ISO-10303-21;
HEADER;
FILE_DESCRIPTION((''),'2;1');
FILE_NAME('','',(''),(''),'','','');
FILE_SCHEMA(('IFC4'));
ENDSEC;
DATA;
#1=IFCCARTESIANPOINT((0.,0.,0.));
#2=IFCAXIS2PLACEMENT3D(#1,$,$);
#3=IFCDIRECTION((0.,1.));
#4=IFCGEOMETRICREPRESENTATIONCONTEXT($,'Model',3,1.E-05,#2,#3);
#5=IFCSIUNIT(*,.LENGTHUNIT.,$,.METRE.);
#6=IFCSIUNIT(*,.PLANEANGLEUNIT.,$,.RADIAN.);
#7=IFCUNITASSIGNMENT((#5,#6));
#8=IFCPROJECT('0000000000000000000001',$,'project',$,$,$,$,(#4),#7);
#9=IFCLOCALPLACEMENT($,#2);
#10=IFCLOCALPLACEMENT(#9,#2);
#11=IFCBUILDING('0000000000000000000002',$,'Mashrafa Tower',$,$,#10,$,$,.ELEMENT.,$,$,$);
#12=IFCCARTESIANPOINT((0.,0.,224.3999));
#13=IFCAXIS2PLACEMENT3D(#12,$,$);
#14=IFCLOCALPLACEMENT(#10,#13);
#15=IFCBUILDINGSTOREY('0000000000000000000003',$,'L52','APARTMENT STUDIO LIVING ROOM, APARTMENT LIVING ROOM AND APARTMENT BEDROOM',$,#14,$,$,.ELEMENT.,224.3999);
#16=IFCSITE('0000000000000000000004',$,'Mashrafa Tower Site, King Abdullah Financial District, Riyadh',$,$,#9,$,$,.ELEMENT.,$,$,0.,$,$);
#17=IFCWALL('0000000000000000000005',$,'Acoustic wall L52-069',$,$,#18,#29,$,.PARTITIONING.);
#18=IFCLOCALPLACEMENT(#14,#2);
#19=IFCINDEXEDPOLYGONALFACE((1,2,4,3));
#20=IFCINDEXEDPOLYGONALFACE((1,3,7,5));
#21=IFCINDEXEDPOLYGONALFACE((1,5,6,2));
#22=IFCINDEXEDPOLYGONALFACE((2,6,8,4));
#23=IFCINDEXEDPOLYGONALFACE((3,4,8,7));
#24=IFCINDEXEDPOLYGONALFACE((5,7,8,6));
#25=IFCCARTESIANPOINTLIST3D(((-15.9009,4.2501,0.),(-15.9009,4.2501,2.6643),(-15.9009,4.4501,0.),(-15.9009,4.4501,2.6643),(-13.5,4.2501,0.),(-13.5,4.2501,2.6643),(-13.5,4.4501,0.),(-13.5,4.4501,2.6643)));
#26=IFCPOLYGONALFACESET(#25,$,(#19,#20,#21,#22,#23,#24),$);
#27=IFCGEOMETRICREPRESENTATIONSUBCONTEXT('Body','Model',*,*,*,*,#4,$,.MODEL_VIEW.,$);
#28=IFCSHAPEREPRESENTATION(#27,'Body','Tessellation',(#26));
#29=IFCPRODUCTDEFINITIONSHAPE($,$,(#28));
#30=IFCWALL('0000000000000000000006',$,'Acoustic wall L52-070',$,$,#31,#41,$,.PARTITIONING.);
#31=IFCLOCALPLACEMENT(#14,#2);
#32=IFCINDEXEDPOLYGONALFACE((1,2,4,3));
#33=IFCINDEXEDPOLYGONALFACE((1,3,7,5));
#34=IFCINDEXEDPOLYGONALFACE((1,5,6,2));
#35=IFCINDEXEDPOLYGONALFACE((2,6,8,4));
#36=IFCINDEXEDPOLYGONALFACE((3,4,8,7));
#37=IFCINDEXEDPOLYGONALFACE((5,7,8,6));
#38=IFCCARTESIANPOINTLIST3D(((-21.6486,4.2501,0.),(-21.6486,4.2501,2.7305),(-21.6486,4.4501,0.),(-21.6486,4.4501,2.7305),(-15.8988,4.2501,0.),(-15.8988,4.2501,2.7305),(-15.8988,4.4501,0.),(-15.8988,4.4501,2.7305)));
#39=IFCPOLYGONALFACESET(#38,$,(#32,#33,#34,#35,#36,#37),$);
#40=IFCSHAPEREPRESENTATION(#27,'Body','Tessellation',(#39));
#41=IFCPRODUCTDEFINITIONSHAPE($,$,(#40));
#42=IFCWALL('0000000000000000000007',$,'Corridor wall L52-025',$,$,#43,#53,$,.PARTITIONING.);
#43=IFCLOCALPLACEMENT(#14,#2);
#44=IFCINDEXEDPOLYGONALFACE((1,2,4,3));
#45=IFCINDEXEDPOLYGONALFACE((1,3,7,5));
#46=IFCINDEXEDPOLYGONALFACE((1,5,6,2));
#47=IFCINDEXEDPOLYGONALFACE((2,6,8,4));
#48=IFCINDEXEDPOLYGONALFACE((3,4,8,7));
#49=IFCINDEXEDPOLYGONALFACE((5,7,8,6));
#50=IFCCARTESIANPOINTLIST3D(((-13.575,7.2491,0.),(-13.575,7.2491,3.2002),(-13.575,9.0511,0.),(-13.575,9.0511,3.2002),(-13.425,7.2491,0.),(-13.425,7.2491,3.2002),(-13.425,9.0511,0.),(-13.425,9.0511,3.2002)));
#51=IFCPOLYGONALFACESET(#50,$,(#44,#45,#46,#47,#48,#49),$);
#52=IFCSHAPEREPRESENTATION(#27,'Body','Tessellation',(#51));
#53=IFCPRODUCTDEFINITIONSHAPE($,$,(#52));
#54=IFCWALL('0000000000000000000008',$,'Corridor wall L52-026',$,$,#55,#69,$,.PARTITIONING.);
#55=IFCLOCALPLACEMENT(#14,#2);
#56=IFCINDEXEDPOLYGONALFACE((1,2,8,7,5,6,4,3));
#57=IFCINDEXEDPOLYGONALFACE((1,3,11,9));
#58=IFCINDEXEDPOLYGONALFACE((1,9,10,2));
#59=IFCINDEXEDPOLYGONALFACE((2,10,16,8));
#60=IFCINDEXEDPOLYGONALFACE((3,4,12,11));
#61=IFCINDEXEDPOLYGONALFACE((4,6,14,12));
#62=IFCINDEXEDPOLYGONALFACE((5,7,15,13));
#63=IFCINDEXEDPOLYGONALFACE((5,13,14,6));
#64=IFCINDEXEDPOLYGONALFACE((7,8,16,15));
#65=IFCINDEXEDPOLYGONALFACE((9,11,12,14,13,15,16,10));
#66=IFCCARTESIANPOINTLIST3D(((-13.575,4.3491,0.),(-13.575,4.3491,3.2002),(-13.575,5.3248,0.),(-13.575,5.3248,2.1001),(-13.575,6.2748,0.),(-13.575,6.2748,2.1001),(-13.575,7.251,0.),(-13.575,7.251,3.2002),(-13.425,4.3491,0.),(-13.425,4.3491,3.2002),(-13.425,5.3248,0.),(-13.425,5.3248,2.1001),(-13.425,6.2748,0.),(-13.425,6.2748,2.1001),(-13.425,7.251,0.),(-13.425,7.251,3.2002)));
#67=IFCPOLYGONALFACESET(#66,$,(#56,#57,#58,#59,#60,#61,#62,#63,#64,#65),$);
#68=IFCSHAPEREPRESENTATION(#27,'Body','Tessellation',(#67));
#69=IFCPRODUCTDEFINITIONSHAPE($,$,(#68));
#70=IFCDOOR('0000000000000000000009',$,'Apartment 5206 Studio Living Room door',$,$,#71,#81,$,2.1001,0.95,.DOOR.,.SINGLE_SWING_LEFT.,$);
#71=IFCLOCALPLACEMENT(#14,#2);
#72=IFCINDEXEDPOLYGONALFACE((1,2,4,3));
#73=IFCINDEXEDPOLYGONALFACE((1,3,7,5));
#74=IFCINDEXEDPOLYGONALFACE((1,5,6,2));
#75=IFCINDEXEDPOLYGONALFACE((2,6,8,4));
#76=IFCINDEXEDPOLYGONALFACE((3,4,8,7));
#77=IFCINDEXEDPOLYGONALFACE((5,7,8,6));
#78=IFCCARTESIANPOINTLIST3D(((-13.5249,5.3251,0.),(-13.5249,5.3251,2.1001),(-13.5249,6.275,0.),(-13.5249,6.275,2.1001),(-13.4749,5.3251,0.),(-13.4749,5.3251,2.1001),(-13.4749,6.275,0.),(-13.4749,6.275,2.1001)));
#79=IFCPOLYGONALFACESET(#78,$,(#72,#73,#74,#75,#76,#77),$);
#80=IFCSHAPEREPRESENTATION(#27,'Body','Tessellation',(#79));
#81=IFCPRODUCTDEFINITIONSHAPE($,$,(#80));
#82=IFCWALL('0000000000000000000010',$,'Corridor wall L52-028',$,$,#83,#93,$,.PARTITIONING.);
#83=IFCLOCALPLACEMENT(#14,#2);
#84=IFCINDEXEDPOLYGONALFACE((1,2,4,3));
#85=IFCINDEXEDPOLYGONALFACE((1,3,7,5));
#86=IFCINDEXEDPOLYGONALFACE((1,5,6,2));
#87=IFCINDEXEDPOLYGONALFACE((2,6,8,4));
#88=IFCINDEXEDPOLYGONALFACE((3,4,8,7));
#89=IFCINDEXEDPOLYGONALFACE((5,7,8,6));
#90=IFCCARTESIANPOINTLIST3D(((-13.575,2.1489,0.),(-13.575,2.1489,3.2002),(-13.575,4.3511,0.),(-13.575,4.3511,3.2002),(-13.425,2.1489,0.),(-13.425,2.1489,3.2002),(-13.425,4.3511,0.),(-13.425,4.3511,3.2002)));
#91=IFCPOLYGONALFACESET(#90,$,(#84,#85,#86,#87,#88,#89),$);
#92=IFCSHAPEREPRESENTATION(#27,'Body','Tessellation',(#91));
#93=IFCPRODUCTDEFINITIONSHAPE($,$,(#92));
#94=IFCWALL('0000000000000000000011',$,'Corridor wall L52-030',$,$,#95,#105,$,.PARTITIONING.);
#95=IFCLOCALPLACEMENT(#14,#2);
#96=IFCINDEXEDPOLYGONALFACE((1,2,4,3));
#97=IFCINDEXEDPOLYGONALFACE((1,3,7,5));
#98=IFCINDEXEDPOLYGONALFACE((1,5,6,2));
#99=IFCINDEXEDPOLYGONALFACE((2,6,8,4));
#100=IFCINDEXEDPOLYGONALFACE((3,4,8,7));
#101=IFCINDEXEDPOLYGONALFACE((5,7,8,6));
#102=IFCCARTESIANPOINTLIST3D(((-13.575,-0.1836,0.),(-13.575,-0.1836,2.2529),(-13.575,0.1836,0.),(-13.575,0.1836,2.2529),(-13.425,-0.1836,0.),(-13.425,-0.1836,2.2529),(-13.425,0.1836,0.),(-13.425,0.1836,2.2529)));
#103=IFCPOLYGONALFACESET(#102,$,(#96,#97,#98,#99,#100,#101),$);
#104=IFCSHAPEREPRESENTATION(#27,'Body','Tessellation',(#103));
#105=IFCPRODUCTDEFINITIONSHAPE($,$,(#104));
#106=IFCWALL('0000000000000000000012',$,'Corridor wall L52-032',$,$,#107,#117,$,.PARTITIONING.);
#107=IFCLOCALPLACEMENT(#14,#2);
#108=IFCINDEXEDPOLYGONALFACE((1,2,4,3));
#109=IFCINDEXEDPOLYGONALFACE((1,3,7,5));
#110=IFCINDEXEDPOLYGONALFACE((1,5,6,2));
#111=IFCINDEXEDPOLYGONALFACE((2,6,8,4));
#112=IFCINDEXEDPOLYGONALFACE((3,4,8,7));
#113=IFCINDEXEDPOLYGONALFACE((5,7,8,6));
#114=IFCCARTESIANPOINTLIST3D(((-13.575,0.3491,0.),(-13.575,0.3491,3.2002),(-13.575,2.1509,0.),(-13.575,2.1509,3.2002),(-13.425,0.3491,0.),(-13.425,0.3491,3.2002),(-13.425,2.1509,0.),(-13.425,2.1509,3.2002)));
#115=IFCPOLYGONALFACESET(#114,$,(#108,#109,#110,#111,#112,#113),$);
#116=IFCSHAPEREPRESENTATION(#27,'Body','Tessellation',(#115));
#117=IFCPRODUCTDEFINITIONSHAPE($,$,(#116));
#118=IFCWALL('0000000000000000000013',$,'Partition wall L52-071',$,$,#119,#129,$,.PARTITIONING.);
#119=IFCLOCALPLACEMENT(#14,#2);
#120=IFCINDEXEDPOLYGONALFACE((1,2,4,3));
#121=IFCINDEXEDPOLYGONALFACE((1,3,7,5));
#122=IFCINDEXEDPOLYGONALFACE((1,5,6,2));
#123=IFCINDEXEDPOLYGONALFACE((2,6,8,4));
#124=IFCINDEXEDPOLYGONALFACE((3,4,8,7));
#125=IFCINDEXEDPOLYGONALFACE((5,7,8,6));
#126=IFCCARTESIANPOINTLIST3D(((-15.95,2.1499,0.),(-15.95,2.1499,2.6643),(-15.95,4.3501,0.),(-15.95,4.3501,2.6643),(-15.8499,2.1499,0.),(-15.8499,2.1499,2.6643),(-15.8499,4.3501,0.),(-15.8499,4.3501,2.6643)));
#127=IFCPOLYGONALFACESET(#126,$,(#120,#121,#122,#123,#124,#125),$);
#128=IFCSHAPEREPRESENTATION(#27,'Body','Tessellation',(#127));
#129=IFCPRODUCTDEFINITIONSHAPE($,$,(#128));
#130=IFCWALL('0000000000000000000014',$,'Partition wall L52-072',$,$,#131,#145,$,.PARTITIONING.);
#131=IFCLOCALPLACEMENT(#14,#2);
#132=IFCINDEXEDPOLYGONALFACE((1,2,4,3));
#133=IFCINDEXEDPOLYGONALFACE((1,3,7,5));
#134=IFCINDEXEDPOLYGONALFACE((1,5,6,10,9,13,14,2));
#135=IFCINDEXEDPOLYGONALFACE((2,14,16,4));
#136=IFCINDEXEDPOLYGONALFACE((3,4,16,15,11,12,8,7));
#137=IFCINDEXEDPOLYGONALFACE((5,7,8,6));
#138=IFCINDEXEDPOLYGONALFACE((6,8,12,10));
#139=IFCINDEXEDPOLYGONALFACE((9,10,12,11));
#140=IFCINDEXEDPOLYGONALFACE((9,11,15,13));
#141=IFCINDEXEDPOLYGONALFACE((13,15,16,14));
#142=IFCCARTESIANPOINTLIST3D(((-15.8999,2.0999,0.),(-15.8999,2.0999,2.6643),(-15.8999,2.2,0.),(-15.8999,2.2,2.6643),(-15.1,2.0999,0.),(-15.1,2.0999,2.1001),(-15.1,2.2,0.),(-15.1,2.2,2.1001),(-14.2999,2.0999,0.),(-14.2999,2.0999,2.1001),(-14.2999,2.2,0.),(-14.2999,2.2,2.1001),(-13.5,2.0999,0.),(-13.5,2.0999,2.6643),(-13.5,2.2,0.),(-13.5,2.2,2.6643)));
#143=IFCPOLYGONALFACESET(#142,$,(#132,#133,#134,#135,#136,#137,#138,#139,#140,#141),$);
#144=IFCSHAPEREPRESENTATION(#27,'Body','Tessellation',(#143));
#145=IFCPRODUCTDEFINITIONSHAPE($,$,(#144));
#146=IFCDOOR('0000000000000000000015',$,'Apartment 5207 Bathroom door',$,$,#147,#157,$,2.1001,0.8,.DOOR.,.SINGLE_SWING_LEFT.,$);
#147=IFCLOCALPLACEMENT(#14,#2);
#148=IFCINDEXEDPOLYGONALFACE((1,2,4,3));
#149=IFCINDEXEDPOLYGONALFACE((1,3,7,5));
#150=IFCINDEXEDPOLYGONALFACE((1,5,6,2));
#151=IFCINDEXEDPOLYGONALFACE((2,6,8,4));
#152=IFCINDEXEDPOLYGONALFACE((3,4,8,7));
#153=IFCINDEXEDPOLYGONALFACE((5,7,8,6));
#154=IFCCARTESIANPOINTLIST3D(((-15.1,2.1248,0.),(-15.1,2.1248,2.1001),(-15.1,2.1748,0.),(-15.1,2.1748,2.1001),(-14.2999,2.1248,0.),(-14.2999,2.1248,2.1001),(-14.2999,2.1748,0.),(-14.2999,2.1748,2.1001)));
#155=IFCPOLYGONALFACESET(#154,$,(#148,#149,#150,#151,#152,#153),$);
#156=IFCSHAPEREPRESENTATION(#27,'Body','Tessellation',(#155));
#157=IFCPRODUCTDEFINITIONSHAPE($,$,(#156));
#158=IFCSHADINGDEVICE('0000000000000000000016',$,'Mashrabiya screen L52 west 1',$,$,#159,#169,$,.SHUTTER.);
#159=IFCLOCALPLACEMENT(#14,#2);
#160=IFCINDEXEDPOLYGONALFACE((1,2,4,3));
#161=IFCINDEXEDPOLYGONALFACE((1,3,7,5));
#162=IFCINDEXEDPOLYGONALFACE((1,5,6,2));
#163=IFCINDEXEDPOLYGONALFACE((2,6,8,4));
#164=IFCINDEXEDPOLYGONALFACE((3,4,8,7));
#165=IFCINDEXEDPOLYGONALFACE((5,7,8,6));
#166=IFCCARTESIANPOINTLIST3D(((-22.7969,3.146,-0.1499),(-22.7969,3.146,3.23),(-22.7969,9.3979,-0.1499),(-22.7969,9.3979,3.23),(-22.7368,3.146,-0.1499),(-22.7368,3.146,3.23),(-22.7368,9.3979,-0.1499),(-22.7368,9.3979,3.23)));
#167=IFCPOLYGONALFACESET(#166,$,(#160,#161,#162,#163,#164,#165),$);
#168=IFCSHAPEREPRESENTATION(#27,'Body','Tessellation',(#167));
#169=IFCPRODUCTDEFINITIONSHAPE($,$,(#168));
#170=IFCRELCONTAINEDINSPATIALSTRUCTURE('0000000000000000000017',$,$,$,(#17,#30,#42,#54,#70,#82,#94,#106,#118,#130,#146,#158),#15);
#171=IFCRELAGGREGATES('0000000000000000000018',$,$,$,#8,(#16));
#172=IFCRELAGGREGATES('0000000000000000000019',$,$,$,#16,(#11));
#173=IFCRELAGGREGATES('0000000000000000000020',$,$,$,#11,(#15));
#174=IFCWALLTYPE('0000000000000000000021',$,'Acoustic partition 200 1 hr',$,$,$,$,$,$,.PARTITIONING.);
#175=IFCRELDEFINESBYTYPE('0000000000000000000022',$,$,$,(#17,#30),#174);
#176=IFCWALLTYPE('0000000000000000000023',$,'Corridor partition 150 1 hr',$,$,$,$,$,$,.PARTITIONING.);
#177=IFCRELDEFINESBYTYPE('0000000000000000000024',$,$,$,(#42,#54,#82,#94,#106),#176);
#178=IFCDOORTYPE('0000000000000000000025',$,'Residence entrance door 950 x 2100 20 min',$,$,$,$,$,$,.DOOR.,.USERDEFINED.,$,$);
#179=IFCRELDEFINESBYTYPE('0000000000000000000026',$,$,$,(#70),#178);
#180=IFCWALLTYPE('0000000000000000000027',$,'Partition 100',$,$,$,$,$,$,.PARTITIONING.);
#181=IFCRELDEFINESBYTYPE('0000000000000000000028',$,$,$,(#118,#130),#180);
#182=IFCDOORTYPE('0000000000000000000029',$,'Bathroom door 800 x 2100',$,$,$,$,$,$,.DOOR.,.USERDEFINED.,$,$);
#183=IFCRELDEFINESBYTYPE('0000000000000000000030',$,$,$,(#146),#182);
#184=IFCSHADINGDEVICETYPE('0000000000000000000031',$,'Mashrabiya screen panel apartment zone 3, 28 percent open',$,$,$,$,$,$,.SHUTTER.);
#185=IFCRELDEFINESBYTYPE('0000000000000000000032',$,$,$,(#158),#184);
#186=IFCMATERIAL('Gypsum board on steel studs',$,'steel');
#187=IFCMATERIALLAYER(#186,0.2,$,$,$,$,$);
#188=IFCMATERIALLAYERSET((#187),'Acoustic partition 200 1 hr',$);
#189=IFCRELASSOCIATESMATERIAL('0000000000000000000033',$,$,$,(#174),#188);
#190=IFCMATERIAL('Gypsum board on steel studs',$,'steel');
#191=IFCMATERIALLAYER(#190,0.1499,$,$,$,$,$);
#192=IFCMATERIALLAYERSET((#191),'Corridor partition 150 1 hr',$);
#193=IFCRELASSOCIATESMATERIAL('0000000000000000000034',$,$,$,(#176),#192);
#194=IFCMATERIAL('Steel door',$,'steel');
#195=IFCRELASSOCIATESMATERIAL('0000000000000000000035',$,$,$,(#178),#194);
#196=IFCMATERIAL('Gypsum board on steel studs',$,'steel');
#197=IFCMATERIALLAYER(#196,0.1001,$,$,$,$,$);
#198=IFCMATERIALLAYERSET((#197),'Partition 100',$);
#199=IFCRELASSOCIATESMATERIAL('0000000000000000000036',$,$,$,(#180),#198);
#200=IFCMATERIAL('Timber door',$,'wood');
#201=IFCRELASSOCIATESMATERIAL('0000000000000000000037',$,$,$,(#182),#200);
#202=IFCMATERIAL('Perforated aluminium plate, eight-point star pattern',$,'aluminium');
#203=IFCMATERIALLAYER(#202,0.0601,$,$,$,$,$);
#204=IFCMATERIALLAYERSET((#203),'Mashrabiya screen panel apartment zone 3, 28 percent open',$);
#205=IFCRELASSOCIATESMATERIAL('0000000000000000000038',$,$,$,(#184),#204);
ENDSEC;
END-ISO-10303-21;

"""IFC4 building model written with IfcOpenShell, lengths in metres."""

from ifc_helpers import new_model, si_unit, direction, frame, frame_2d, origin, origin_2d, place, context, subcontext, project, spatial, rectangle, extrude, source, transform, mapped, material, layer, layer_set, type_object, type_shapes, element, fill, save


model = new_model("IFC4")

# Units and contexts
model_context = context("Model", 3, precision=1e-05, world=origin(), true_north=direction((0.0, 1.0)))
body_context = subcontext(model_context, "Body", "Model", "MODEL_VIEW")
ifc_project = project(units=[si_unit("LENGTHUNIT", "METRE"), si_unit("PLANEANGLEUNIT", "RADIAN")], contexts=[model_context])

# Site, building, storey
site_placement = place(None, origin())
site = spatial("IfcSite", under=ifc_project, at=site_placement, Name="Mashrafa Tower Site, King Abdullah Financial District, Riyadh", CompositionType="ELEMENT", RefElevation=0.0)
building_placement = place(site_placement, origin())
building = spatial("IfcBuilding", under=site, at=building_placement, Name="Mashrafa Tower", CompositionType="ELEMENT")
storey_placement = place(building_placement, frame((0.0, 0.0, 224.3999)))
storey = spatial("IfcBuildingStorey", under=building, at=storey_placement, Name="L52", Description="APARTMENT STUDIO LIVING ROOM, APARTMENT LIVING ROOM AND APARTMENT BEDROOM", CompositionType="ELEMENT", Elevation=224.3999)

# Walls
ifc_material_1 = material(Name="Gypsum board on steel studs", Category="steel")
ifc_layer_1 = layer(ifc_material_1, 0.2)
ifc_layer_set_1 = layer_set([ifc_layer_1], Name="Acoustic partition 200 1 hr")
wall_type_1 = type_object("IfcWallType", Name="Acoustic partition 200 1 hr", PredefinedType="PARTITIONING", material=ifc_layer_set_1)
wall_1_placement = place(storey_placement, frame((-15.9009, 4.3501, 0.0), z_axis=(0.0, 0.0, 1.0), x_axis=(1.0, 0.0, 0.0)))
element("IfcWall", 1, at=wall_1_placement, inside=storey, type_object=wall_type_1, Name="Acoustic wall L52-069", PredefinedType="PARTITIONING", context=body_context, shape_type="SweptSolid", body=[
    extrude(rectangle(XDim=2.4009, YDim=0.2, at=frame_2d((1.2004, 0.0))), origin(), (0.0, 0.0, 1.0), 2.6643),
])
wall_2_placement = place(storey_placement, frame((-21.6487, 4.3501, 0.0), z_axis=(0.0, 0.0, 1.0), x_axis=(1.0, 0.0, 0.0)))
element("IfcWall", 2, at=wall_2_placement, inside=storey, type_object=wall_type_1, Name="Acoustic wall L52-070", PredefinedType="PARTITIONING", context=body_context, shape_type="SweptSolid", body=[
    extrude(rectangle(XDim=5.7498, YDim=0.2, at=frame_2d((2.875, 0.0))), origin(), (0.0, 0.0, 1.0), 2.7305),
])
ifc_material_2 = material(Name="Gypsum board on steel studs", Category="steel")
ifc_layer_2 = layer(ifc_material_2, 0.1499)
ifc_layer_set_2 = layer_set([ifc_layer_2], Name="Corridor partition 150 1 hr")
wall_type_2 = type_object("IfcWallType", Name="Corridor partition 150 1 hr", PredefinedType="PARTITIONING", material=ifc_layer_set_2)
wall_3_placement = place(storey_placement, frame((-13.5, 9.051, 0.0), z_axis=(0.0, 0.0, 1.0), x_axis=(0.0, -1.0, 0.0)))
element("IfcWall", 3, at=wall_3_placement, inside=storey, type_object=wall_type_2, Name="Corridor wall L52-025", PredefinedType="PARTITIONING", context=body_context, shape_type="SweptSolid", body=[
    extrude(rectangle(XDim=1.802, YDim=0.1499, at=frame_2d((0.9009, 0.0))), origin(), (0.0, 0.0, 1.0), 3.2002),
])

# Wall, opening, door
wall_4_placement = place(storey_placement, frame((-13.5, 7.251, 0.0), z_axis=(0.0, 0.0, 1.0), x_axis=(0.0, -1.0, 0.0)))
wall_4 = element("IfcWall", 4, at=wall_4_placement, inside=storey, type_object=wall_type_2, Name="Corridor wall L52-026", PredefinedType="PARTITIONING", context=body_context, shape_type="SweptSolid", body=[
    extrude(rectangle(XDim=2.9019, YDim=0.1499, at=frame_2d((1.4509, 0.0))), origin(), (0.0, 0.0, 1.0), 3.2002),
])
opening_1_placement = place(wall_4_placement, frame((0.9761, 0.0, 0.0)))
opening_1 = element("IfcOpeningElement", 5, at=opening_1_placement, cuts=wall_4, PredefinedType="OPENING", context=body_context, shape_type="SweptSolid", body=[
    extrude(rectangle(XDim=0.95, YDim=2.1001, at=frame_2d((0.4751, 1.05))), frame((0.0, 0.085, 0.0), z_axis=(0.0, -1.0, 0.0), x_axis=(1.0, 0.0, 0.0)), (0.0, 0.0, 1.0), 0.1699),
])
ifc_material_3 = material(Name="Steel door", Category="steel")
door_type_1 = type_object("IfcDoorType", Name="Residence entrance door 950 x 2100 20 min", OperationType="USERDEFINED", PredefinedType="DOOR", material=ifc_material_3)
door_1_placement = place(opening_1_placement, frame((0.95, 0.0, 0.0), z_axis=(0.0, 0.0, 1.0), x_axis=(-1.0, 0.0, 0.0)))
door_1 = element("IfcDoor", 6, at=door_1_placement, inside=storey, type_object=door_type_1, Name="Apartment 5206 Studio Living Room door", OperationType="SINGLE_SWING_LEFT", OverallHeight=2.1001, OverallWidth=0.95, PredefinedType="DOOR", context=body_context, shape_type="SweptSolid", body=[
    extrude(rectangle(XDim=0.95, YDim=2.1001, at=frame_2d((0.4751, 1.05))), frame((0.0, 0.0249, 0.0), z_axis=(0.0, -1.0, 0.0), x_axis=(1.0, 0.0, 0.0)), (0.0, 0.0, 1.0), 0.05),
])
fill(opening_1, door_1)

# Walls
wall_5_placement = place(storey_placement, frame((-13.5, 4.3511, 0.0), z_axis=(0.0, 0.0, 1.0), x_axis=(0.0, -1.0, 0.0)))
element("IfcWall", 7, at=wall_5_placement, inside=storey, type_object=wall_type_2, Name="Corridor wall L52-028", PredefinedType="PARTITIONING", context=body_context, shape_type="SweptSolid", body=[
    extrude(rectangle(XDim=2.2021, YDim=0.1499, at=frame_2d((1.1011, 0.0))), origin(), (0.0, 0.0, 1.0), 3.2002),
])
wall_6_placement = place(storey_placement, frame((-13.5, 0.1836, 0.0), z_axis=(0.0, 0.0, 1.0), x_axis=(0.0, -1.0, 0.0)))
element("IfcWall", 8, at=wall_6_placement, inside=storey, type_object=wall_type_2, Name="Corridor wall L52-030", PredefinedType="PARTITIONING", context=body_context, shape_type="SweptSolid", body=[
    extrude(rectangle(XDim=0.3672, YDim=0.1499, at=frame_2d((0.1836, 0.0))), origin(), (0.0, 0.0, 1.0), 2.2529),
])
wall_7_placement = place(storey_placement, frame((-13.5, 2.1509, 0.0), z_axis=(0.0, 0.0, 1.0), x_axis=(0.0, -1.0, 0.0)))
element("IfcWall", 9, at=wall_7_placement, inside=storey, type_object=wall_type_2, Name="Corridor wall L52-032", PredefinedType="PARTITIONING", context=body_context, shape_type="SweptSolid", body=[
    extrude(rectangle(XDim=1.8018, YDim=0.1499, at=frame_2d((0.9009, 0.0))), origin(), (0.0, 0.0, 1.0), 3.2002),
])
ifc_material_4 = material(Name="Gypsum board on steel studs", Category="steel")
ifc_layer_3 = layer(ifc_material_4, 0.1001)
ifc_layer_set_3 = layer_set([ifc_layer_3], Name="Partition 100")
wall_type_3 = type_object("IfcWallType", Name="Partition 100", PredefinedType="PARTITIONING", material=ifc_layer_set_3)
wall_8_placement = place(storey_placement, frame((-15.8999, 4.3501, 0.0), z_axis=(0.0, 0.0, 1.0), x_axis=(0.0, -1.0, 0.0)))
element("IfcWall", 10, at=wall_8_placement, inside=storey, type_object=wall_type_3, Name="Partition wall L52-071", PredefinedType="PARTITIONING", context=body_context, shape_type="SweptSolid", body=[
    extrude(rectangle(XDim=2.2002, YDim=0.1001, at=frame_2d((1.1001, 0.0))), origin(), (0.0, 0.0, 1.0), 2.6643),
])

# Wall, opening, door
wall_9_placement = place(storey_placement, frame((-15.8999, 2.1499, 0.0), z_axis=(0.0, 0.0, 1.0), x_axis=(1.0, 0.0, 0.0)))
wall_9 = element("IfcWall", 11, at=wall_9_placement, inside=storey, type_object=wall_type_3, Name="Partition wall L52-072", PredefinedType="PARTITIONING", context=body_context, shape_type="SweptSolid", body=[
    extrude(rectangle(XDim=2.3999, YDim=0.1001, at=frame_2d((1.2, 0.0))), origin(), (0.0, 0.0, 1.0), 2.6643),
])
opening_2_placement = place(wall_9_placement, frame((0.8, 0.0, 0.0)))
opening_2 = element("IfcOpeningElement", 12, at=opening_2_placement, cuts=wall_9, PredefinedType="OPENING", context=body_context, shape_type="SweptSolid", body=[
    extrude(rectangle(XDim=0.8, YDim=2.1001, at=frame_2d((0.3999, 1.05))), frame((0.0, 0.0601, 0.0), z_axis=(0.0, -1.0, 0.0), x_axis=(1.0, 0.0, 0.0)), (0.0, 0.0, 1.0), 0.1201),
])
ifc_material_5 = material(Name="Timber door", Category="wood")
door_type_2 = type_object("IfcDoorType", Name="Bathroom door 800 x 2100", OperationType="USERDEFINED", PredefinedType="DOOR", material=ifc_material_5)
door_2_placement = place(opening_2_placement, origin())
door_2 = element("IfcDoor", 13, at=door_2_placement, inside=storey, type_object=door_type_2, Name="Apartment 5207 Bathroom door", OperationType="SINGLE_SWING_LEFT", OverallHeight=2.1001, OverallWidth=0.8, PredefinedType="DOOR", context=body_context, shape_type="SweptSolid", body=[
    extrude(rectangle(XDim=0.8, YDim=2.1001, at=frame_2d((0.3999, 1.05))), frame((0.0, 0.0249, 0.0), z_axis=(0.0, -1.0, 0.0), x_axis=(1.0, 0.0, 0.0)), (0.0, 0.0, 1.0), 0.05),
])
fill(opening_2, door_2)

# Shading device
ifc_material_6 = material(Name="Perforated aluminium plate, eight-point star pattern", Category="aluminium")
ifc_layer_4 = layer(ifc_material_6, 0.0601)
ifc_layer_set_4 = layer_set([ifc_layer_4], Name="Mashrabiya screen panel apartment zone 3, 28 percent open")
shading_device_type = type_object("IfcShadingDeviceType", Name="Mashrabiya screen panel apartment zone 3, 28 percent open", PredefinedType="SHUTTER", material=ifc_layer_set_4)
shared_shape_1 = source(origin(), body_context, "Body", "SweptSolid", [
    extrude(rectangle(XDim=6.252, YDim=0.0601, at=origin_2d()), origin(), (0.0, 0.0, 1.0), 3.3799),
])
type_shapes(shading_device_type, [shared_shape_1])
shading_device_placement = place(storey_placement, frame((-22.7668, 6.272, -0.1499), z_axis=(0.0, 0.0, 1.0), x_axis=(0.0, -1.0, 0.0)))
element("IfcShadingDevice", 14, at=shading_device_placement, inside=storey, type_object=shading_device_type, Name="Mashrabiya screen L52 west 1", PredefinedType="SHUTTER", context=body_context, shape_type="MappedRepresentation", body=[
    mapped(shared_shape_1, transform((0.0, 0.0, 0.0))),
])

save(model, "model.ifc")
